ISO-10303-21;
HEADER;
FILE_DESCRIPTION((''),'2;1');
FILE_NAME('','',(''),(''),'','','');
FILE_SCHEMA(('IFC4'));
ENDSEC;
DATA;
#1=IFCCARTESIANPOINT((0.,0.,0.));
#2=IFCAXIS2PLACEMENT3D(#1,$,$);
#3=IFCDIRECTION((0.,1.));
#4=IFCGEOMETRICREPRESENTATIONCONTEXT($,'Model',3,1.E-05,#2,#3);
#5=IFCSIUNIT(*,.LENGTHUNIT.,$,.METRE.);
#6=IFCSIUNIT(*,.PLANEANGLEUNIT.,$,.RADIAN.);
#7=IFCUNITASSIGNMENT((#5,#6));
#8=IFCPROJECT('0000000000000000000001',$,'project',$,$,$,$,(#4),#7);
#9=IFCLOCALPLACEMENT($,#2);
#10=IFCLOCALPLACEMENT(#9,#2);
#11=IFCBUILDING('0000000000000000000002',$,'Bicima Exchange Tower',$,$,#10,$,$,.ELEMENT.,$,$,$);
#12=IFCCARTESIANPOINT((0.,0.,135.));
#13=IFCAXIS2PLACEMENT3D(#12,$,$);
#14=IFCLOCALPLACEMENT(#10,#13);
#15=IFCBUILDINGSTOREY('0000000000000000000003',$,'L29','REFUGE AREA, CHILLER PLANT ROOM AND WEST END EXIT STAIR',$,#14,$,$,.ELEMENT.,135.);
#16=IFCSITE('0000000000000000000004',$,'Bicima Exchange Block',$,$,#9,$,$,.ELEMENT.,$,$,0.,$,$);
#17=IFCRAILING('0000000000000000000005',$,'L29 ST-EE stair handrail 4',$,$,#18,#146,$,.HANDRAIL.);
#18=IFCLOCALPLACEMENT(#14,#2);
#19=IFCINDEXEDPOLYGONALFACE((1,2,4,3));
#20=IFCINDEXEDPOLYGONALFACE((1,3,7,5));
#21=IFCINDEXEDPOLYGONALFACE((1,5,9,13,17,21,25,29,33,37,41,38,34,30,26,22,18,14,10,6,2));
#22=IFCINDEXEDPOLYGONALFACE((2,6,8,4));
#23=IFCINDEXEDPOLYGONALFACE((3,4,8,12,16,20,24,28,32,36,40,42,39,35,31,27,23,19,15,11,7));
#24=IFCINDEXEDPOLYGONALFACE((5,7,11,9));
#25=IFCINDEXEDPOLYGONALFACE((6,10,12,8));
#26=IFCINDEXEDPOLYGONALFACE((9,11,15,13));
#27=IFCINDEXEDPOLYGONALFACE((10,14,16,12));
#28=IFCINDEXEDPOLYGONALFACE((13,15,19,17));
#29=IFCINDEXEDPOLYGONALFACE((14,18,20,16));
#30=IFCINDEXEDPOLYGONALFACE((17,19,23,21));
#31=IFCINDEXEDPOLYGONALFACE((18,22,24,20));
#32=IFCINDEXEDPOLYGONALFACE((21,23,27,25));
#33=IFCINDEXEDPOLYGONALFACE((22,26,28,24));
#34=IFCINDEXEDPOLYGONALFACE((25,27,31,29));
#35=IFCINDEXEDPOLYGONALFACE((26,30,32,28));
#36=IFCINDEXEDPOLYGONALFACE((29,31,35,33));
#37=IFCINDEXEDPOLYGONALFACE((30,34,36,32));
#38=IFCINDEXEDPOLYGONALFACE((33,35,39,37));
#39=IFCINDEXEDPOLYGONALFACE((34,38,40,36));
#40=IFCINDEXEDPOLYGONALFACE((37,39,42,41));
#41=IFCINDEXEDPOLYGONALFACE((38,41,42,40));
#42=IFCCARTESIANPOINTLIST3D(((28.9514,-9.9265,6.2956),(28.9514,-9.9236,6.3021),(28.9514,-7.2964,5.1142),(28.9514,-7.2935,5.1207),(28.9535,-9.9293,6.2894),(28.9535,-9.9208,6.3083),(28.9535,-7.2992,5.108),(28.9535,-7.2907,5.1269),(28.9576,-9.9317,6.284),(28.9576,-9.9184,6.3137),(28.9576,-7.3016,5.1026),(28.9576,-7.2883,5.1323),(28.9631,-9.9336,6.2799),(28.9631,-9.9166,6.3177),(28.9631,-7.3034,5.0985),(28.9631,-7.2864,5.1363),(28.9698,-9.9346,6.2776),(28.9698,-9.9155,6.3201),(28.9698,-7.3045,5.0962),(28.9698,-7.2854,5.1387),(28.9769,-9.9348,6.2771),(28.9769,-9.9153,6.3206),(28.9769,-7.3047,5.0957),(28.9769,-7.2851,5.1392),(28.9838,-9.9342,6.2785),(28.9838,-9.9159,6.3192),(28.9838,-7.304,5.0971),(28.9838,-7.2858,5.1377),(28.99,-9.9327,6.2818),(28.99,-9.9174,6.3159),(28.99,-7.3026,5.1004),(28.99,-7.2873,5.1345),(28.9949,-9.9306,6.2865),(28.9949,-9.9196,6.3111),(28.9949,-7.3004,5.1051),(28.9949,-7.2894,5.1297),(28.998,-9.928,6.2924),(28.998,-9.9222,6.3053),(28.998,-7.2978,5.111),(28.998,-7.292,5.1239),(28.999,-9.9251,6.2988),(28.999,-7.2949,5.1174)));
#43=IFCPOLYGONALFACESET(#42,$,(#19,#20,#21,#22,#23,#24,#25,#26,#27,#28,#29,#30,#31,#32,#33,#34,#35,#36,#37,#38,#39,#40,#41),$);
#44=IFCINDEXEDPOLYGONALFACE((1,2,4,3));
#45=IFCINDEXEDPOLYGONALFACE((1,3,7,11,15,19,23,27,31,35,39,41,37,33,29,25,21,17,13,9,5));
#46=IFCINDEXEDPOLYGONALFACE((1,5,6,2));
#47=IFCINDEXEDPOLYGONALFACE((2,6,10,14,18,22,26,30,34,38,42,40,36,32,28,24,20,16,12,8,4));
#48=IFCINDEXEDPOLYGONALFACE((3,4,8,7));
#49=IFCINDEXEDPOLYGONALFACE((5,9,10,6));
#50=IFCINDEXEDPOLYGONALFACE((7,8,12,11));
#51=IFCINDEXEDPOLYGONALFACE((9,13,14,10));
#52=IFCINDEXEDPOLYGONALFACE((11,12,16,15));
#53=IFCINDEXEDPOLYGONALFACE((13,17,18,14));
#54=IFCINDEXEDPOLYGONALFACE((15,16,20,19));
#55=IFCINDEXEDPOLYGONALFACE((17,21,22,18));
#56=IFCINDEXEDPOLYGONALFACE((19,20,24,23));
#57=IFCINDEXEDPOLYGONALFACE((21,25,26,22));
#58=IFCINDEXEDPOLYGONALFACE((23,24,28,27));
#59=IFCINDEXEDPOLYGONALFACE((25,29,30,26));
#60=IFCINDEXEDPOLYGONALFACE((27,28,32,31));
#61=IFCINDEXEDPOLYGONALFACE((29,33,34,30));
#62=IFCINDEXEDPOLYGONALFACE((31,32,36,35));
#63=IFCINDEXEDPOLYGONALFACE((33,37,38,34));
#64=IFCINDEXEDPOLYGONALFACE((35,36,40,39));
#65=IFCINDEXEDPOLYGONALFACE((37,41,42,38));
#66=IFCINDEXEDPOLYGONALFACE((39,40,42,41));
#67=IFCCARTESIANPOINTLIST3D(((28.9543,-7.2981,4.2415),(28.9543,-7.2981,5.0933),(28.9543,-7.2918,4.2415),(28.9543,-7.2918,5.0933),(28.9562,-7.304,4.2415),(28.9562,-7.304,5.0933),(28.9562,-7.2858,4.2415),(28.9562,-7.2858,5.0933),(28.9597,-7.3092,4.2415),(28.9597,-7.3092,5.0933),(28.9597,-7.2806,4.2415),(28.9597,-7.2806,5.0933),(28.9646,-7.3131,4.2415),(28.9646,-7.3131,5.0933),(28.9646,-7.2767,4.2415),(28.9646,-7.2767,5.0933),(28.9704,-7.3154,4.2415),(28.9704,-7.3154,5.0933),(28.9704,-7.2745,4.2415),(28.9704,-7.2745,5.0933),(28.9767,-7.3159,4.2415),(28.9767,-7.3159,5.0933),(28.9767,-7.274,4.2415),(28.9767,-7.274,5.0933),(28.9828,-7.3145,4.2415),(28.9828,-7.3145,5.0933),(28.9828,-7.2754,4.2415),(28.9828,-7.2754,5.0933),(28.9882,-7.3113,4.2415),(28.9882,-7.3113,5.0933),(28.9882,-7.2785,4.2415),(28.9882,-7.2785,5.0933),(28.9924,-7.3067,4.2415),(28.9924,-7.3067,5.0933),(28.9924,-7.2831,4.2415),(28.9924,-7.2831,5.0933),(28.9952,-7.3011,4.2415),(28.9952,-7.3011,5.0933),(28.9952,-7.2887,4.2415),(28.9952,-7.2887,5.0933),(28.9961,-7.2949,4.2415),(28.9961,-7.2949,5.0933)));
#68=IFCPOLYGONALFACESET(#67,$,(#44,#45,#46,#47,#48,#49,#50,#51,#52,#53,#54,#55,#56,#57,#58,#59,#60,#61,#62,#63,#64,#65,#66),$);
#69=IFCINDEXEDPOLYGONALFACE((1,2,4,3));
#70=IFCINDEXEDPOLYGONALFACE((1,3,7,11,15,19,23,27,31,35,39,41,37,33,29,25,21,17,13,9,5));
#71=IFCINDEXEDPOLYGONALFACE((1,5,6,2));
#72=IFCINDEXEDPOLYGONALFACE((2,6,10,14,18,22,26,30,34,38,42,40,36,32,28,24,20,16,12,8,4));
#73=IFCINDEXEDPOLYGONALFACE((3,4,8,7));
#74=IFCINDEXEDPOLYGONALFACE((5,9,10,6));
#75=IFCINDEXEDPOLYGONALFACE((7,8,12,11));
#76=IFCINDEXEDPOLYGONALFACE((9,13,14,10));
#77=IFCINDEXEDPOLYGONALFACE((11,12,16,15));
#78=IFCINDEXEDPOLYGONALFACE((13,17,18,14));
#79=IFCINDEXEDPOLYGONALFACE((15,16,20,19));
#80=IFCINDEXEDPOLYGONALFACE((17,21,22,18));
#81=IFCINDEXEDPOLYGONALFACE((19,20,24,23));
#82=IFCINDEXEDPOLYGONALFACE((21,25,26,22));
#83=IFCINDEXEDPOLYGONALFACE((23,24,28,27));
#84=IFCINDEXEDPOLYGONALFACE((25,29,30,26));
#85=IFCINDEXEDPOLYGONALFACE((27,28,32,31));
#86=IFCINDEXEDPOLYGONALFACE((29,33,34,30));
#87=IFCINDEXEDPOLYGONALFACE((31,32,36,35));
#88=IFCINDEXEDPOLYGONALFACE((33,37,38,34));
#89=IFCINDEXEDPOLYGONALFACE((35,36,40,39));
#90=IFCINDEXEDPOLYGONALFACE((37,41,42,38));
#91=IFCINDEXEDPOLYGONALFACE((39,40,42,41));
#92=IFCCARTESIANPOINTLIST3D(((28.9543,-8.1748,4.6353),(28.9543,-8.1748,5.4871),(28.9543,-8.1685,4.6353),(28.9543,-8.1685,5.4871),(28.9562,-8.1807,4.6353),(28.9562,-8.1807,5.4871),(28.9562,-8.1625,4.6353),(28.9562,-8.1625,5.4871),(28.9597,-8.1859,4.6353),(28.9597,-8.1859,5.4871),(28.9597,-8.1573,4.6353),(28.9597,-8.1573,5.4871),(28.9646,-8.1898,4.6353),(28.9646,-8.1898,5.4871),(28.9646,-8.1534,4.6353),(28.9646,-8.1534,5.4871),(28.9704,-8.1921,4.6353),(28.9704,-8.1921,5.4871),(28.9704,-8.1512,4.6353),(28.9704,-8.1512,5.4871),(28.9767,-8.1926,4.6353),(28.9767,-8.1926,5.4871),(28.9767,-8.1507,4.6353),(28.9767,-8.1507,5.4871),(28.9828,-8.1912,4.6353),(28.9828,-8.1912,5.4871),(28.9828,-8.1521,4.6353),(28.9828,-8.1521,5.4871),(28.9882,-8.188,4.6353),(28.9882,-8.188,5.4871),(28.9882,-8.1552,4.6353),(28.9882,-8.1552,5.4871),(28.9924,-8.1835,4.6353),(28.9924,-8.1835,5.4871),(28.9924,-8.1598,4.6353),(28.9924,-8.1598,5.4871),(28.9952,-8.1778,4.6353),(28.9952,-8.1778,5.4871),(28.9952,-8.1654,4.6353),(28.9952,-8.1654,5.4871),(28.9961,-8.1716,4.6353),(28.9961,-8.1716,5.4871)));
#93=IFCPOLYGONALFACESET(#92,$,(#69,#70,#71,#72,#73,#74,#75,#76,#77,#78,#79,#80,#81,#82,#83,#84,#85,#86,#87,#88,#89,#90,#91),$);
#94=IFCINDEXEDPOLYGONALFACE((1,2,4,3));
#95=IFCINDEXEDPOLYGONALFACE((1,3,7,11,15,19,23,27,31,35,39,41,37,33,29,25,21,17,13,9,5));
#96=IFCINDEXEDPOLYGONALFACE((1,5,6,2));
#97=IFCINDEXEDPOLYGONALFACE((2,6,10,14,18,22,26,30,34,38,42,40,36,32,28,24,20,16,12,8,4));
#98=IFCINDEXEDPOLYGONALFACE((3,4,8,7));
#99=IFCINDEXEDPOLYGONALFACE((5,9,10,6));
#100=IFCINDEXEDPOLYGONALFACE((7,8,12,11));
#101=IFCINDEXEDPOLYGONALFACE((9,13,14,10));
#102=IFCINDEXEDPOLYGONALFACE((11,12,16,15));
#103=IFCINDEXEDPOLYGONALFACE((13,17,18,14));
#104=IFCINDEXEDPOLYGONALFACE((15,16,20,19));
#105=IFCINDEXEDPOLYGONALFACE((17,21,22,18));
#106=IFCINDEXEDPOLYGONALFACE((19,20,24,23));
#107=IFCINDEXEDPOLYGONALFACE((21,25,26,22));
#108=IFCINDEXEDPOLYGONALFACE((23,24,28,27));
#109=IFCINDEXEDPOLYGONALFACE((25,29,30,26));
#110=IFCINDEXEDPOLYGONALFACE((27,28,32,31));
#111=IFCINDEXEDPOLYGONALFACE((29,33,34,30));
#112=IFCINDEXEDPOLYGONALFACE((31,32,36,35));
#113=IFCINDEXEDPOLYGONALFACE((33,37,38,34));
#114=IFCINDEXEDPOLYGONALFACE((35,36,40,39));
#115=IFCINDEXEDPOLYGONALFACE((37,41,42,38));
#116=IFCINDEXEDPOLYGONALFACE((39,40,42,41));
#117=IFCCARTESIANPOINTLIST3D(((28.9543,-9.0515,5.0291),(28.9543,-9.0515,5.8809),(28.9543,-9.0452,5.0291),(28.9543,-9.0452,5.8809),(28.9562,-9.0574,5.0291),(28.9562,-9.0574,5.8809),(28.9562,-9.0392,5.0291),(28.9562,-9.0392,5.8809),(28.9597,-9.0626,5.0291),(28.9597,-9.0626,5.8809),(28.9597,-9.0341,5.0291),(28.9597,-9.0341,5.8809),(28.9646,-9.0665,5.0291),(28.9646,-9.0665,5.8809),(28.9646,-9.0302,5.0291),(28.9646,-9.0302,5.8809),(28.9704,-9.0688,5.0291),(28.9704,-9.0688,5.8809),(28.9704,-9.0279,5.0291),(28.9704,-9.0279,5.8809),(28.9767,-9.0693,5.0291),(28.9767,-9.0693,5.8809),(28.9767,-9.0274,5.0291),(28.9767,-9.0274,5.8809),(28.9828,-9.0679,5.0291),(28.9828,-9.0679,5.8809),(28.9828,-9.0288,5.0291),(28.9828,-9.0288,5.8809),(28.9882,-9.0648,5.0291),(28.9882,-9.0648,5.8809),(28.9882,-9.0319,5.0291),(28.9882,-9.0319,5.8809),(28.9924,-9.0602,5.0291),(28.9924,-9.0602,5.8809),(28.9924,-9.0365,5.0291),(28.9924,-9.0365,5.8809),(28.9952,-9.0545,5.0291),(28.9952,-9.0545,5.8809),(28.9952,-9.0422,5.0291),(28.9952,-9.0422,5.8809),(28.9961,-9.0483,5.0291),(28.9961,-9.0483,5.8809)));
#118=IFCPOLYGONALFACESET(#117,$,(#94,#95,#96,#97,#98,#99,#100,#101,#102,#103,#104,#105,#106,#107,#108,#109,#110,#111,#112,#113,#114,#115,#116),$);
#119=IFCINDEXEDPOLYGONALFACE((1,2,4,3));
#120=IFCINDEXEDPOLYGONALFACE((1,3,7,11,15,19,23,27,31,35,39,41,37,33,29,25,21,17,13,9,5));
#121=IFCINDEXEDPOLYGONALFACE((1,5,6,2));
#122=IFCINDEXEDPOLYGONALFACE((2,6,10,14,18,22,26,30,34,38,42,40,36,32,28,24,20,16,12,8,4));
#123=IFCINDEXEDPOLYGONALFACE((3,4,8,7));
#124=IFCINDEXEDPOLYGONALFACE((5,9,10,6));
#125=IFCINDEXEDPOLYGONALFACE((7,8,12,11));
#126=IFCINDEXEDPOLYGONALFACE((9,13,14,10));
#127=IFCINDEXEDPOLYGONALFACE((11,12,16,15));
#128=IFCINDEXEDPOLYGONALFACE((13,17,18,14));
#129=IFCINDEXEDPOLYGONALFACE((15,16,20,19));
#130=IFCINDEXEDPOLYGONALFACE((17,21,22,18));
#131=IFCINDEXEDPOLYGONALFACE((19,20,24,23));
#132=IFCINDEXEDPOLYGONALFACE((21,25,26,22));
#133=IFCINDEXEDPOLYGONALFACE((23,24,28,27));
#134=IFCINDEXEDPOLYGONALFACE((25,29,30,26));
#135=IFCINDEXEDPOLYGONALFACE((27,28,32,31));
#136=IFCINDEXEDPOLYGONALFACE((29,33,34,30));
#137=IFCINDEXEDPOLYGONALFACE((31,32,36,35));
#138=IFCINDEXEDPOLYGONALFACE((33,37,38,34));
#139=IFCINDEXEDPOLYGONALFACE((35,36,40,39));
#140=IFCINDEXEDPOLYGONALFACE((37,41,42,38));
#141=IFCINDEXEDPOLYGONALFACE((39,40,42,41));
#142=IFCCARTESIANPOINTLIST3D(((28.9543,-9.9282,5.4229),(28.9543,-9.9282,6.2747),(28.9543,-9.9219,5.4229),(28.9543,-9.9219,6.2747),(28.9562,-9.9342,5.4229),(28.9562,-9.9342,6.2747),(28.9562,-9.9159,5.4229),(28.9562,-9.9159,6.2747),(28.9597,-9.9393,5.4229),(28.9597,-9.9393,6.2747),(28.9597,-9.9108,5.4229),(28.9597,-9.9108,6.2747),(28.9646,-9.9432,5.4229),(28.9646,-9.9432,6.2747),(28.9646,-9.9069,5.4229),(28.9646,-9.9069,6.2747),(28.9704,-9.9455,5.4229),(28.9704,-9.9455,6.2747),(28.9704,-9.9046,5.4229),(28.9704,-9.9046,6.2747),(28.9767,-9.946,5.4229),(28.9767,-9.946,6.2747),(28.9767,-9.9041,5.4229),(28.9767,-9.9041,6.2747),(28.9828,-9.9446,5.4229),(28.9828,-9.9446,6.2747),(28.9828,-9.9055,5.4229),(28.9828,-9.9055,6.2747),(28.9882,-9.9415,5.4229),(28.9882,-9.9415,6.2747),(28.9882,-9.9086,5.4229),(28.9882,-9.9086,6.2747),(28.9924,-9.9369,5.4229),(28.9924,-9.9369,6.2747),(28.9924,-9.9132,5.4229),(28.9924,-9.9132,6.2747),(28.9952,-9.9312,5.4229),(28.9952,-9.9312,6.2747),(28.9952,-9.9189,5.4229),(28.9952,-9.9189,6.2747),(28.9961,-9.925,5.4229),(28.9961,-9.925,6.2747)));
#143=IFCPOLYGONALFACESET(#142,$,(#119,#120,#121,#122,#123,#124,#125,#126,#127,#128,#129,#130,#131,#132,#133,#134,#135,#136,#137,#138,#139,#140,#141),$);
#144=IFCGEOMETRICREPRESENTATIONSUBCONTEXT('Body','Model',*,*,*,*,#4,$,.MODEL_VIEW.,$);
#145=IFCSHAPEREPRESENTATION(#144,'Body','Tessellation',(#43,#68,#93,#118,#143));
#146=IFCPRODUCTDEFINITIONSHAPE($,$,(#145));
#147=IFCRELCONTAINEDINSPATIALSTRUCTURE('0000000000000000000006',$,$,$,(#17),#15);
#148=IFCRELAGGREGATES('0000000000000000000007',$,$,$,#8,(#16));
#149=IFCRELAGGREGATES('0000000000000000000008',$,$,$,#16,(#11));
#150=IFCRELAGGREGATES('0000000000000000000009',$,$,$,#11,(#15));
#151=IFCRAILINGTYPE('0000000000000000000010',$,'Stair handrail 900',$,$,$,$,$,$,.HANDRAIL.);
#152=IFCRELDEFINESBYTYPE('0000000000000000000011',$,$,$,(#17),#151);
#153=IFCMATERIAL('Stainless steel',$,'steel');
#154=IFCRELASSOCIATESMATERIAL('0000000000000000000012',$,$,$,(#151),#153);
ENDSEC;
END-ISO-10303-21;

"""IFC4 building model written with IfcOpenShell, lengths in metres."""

from ifc_helpers import new_model, si_unit, direction, frame, origin, origin_2d, place, context, subcontext, project, spatial, circle, extrude, material, type_object, element, save


model = new_model("IFC4")

# Units and contexts
model_context = context("Model", 3, precision=1e-05, world=origin(), true_north=direction((0.0, 1.0)))
body_context = subcontext(model_context, "Body", "Model", "MODEL_VIEW")
ifc_project = project(units=[si_unit("LENGTHUNIT", "METRE"), si_unit("PLANEANGLEUNIT", "RADIAN")], contexts=[model_context])

# Site, building, storey
site_placement = place(None, origin())
site = spatial("IfcSite", under=ifc_project, at=site_placement, Name="Bicima Exchange Block", CompositionType="ELEMENT", RefElevation=0.0)
building_placement = place(site_placement, origin())
building = spatial("IfcBuilding", under=site, at=building_placement, Name="Bicima Exchange Tower", CompositionType="ELEMENT")
storey_placement = place(building_placement, frame((0.0, 0.0, 135.0)))
storey = spatial("IfcBuildingStorey", under=building, at=storey_placement, Name="L29", Description="REFUGE AREA, CHILLER PLANT ROOM AND WEST END EXIT STAIR", CompositionType="ELEMENT", Elevation=135.0)

# Railing
ifc_material_1 = material(Name="Stainless steel", Category="steel")
railing_type_1 = type_object("IfcRailingType", Name="Stair handrail 900", PredefinedType="HANDRAIL", material=ifc_material_1)
railing_1_placement = place(storey_placement, frame((28.9751, -7.2949, 4.2415)))
element("IfcRailing", 1, at=railing_1_placement, inside=storey, type_object=railing_type_1, Name="L29 ST-EE stair handrail 4", PredefinedType="HANDRAIL", context=body_context, shape_type="SweptSolid", body=[
    extrude(circle(Radius=0.0239, at=origin_2d()), frame((0.0, 0.0, 0.876), z_axis=(0.0, -0.912202, 0.409741), x_axis=(1.0, 0.0, 0.0)), (0.0, 0.0, 1.0), 2.8833),
    extrude(circle(Radius=0.021, at=origin_2d()), origin(), (0.0, 0.0, 1.0), 0.8518),
    extrude(circle(Radius=0.021, at=origin_2d()), frame((0.0, -0.8767, 0.3938)), (0.0, 0.0, 1.0), 0.8518),
    extrude(circle(Radius=0.021, at=origin_2d()), frame((0.0, -1.7534, 0.7876)), (0.0, 0.0, 1.0), 0.8518),
    extrude(circle(Radius=0.021, at=origin_2d()), frame((0.0, -2.6301, 1.1814)), (0.0, 0.0, 1.0), 0.8518),
])

save(model, "model.ifc")
